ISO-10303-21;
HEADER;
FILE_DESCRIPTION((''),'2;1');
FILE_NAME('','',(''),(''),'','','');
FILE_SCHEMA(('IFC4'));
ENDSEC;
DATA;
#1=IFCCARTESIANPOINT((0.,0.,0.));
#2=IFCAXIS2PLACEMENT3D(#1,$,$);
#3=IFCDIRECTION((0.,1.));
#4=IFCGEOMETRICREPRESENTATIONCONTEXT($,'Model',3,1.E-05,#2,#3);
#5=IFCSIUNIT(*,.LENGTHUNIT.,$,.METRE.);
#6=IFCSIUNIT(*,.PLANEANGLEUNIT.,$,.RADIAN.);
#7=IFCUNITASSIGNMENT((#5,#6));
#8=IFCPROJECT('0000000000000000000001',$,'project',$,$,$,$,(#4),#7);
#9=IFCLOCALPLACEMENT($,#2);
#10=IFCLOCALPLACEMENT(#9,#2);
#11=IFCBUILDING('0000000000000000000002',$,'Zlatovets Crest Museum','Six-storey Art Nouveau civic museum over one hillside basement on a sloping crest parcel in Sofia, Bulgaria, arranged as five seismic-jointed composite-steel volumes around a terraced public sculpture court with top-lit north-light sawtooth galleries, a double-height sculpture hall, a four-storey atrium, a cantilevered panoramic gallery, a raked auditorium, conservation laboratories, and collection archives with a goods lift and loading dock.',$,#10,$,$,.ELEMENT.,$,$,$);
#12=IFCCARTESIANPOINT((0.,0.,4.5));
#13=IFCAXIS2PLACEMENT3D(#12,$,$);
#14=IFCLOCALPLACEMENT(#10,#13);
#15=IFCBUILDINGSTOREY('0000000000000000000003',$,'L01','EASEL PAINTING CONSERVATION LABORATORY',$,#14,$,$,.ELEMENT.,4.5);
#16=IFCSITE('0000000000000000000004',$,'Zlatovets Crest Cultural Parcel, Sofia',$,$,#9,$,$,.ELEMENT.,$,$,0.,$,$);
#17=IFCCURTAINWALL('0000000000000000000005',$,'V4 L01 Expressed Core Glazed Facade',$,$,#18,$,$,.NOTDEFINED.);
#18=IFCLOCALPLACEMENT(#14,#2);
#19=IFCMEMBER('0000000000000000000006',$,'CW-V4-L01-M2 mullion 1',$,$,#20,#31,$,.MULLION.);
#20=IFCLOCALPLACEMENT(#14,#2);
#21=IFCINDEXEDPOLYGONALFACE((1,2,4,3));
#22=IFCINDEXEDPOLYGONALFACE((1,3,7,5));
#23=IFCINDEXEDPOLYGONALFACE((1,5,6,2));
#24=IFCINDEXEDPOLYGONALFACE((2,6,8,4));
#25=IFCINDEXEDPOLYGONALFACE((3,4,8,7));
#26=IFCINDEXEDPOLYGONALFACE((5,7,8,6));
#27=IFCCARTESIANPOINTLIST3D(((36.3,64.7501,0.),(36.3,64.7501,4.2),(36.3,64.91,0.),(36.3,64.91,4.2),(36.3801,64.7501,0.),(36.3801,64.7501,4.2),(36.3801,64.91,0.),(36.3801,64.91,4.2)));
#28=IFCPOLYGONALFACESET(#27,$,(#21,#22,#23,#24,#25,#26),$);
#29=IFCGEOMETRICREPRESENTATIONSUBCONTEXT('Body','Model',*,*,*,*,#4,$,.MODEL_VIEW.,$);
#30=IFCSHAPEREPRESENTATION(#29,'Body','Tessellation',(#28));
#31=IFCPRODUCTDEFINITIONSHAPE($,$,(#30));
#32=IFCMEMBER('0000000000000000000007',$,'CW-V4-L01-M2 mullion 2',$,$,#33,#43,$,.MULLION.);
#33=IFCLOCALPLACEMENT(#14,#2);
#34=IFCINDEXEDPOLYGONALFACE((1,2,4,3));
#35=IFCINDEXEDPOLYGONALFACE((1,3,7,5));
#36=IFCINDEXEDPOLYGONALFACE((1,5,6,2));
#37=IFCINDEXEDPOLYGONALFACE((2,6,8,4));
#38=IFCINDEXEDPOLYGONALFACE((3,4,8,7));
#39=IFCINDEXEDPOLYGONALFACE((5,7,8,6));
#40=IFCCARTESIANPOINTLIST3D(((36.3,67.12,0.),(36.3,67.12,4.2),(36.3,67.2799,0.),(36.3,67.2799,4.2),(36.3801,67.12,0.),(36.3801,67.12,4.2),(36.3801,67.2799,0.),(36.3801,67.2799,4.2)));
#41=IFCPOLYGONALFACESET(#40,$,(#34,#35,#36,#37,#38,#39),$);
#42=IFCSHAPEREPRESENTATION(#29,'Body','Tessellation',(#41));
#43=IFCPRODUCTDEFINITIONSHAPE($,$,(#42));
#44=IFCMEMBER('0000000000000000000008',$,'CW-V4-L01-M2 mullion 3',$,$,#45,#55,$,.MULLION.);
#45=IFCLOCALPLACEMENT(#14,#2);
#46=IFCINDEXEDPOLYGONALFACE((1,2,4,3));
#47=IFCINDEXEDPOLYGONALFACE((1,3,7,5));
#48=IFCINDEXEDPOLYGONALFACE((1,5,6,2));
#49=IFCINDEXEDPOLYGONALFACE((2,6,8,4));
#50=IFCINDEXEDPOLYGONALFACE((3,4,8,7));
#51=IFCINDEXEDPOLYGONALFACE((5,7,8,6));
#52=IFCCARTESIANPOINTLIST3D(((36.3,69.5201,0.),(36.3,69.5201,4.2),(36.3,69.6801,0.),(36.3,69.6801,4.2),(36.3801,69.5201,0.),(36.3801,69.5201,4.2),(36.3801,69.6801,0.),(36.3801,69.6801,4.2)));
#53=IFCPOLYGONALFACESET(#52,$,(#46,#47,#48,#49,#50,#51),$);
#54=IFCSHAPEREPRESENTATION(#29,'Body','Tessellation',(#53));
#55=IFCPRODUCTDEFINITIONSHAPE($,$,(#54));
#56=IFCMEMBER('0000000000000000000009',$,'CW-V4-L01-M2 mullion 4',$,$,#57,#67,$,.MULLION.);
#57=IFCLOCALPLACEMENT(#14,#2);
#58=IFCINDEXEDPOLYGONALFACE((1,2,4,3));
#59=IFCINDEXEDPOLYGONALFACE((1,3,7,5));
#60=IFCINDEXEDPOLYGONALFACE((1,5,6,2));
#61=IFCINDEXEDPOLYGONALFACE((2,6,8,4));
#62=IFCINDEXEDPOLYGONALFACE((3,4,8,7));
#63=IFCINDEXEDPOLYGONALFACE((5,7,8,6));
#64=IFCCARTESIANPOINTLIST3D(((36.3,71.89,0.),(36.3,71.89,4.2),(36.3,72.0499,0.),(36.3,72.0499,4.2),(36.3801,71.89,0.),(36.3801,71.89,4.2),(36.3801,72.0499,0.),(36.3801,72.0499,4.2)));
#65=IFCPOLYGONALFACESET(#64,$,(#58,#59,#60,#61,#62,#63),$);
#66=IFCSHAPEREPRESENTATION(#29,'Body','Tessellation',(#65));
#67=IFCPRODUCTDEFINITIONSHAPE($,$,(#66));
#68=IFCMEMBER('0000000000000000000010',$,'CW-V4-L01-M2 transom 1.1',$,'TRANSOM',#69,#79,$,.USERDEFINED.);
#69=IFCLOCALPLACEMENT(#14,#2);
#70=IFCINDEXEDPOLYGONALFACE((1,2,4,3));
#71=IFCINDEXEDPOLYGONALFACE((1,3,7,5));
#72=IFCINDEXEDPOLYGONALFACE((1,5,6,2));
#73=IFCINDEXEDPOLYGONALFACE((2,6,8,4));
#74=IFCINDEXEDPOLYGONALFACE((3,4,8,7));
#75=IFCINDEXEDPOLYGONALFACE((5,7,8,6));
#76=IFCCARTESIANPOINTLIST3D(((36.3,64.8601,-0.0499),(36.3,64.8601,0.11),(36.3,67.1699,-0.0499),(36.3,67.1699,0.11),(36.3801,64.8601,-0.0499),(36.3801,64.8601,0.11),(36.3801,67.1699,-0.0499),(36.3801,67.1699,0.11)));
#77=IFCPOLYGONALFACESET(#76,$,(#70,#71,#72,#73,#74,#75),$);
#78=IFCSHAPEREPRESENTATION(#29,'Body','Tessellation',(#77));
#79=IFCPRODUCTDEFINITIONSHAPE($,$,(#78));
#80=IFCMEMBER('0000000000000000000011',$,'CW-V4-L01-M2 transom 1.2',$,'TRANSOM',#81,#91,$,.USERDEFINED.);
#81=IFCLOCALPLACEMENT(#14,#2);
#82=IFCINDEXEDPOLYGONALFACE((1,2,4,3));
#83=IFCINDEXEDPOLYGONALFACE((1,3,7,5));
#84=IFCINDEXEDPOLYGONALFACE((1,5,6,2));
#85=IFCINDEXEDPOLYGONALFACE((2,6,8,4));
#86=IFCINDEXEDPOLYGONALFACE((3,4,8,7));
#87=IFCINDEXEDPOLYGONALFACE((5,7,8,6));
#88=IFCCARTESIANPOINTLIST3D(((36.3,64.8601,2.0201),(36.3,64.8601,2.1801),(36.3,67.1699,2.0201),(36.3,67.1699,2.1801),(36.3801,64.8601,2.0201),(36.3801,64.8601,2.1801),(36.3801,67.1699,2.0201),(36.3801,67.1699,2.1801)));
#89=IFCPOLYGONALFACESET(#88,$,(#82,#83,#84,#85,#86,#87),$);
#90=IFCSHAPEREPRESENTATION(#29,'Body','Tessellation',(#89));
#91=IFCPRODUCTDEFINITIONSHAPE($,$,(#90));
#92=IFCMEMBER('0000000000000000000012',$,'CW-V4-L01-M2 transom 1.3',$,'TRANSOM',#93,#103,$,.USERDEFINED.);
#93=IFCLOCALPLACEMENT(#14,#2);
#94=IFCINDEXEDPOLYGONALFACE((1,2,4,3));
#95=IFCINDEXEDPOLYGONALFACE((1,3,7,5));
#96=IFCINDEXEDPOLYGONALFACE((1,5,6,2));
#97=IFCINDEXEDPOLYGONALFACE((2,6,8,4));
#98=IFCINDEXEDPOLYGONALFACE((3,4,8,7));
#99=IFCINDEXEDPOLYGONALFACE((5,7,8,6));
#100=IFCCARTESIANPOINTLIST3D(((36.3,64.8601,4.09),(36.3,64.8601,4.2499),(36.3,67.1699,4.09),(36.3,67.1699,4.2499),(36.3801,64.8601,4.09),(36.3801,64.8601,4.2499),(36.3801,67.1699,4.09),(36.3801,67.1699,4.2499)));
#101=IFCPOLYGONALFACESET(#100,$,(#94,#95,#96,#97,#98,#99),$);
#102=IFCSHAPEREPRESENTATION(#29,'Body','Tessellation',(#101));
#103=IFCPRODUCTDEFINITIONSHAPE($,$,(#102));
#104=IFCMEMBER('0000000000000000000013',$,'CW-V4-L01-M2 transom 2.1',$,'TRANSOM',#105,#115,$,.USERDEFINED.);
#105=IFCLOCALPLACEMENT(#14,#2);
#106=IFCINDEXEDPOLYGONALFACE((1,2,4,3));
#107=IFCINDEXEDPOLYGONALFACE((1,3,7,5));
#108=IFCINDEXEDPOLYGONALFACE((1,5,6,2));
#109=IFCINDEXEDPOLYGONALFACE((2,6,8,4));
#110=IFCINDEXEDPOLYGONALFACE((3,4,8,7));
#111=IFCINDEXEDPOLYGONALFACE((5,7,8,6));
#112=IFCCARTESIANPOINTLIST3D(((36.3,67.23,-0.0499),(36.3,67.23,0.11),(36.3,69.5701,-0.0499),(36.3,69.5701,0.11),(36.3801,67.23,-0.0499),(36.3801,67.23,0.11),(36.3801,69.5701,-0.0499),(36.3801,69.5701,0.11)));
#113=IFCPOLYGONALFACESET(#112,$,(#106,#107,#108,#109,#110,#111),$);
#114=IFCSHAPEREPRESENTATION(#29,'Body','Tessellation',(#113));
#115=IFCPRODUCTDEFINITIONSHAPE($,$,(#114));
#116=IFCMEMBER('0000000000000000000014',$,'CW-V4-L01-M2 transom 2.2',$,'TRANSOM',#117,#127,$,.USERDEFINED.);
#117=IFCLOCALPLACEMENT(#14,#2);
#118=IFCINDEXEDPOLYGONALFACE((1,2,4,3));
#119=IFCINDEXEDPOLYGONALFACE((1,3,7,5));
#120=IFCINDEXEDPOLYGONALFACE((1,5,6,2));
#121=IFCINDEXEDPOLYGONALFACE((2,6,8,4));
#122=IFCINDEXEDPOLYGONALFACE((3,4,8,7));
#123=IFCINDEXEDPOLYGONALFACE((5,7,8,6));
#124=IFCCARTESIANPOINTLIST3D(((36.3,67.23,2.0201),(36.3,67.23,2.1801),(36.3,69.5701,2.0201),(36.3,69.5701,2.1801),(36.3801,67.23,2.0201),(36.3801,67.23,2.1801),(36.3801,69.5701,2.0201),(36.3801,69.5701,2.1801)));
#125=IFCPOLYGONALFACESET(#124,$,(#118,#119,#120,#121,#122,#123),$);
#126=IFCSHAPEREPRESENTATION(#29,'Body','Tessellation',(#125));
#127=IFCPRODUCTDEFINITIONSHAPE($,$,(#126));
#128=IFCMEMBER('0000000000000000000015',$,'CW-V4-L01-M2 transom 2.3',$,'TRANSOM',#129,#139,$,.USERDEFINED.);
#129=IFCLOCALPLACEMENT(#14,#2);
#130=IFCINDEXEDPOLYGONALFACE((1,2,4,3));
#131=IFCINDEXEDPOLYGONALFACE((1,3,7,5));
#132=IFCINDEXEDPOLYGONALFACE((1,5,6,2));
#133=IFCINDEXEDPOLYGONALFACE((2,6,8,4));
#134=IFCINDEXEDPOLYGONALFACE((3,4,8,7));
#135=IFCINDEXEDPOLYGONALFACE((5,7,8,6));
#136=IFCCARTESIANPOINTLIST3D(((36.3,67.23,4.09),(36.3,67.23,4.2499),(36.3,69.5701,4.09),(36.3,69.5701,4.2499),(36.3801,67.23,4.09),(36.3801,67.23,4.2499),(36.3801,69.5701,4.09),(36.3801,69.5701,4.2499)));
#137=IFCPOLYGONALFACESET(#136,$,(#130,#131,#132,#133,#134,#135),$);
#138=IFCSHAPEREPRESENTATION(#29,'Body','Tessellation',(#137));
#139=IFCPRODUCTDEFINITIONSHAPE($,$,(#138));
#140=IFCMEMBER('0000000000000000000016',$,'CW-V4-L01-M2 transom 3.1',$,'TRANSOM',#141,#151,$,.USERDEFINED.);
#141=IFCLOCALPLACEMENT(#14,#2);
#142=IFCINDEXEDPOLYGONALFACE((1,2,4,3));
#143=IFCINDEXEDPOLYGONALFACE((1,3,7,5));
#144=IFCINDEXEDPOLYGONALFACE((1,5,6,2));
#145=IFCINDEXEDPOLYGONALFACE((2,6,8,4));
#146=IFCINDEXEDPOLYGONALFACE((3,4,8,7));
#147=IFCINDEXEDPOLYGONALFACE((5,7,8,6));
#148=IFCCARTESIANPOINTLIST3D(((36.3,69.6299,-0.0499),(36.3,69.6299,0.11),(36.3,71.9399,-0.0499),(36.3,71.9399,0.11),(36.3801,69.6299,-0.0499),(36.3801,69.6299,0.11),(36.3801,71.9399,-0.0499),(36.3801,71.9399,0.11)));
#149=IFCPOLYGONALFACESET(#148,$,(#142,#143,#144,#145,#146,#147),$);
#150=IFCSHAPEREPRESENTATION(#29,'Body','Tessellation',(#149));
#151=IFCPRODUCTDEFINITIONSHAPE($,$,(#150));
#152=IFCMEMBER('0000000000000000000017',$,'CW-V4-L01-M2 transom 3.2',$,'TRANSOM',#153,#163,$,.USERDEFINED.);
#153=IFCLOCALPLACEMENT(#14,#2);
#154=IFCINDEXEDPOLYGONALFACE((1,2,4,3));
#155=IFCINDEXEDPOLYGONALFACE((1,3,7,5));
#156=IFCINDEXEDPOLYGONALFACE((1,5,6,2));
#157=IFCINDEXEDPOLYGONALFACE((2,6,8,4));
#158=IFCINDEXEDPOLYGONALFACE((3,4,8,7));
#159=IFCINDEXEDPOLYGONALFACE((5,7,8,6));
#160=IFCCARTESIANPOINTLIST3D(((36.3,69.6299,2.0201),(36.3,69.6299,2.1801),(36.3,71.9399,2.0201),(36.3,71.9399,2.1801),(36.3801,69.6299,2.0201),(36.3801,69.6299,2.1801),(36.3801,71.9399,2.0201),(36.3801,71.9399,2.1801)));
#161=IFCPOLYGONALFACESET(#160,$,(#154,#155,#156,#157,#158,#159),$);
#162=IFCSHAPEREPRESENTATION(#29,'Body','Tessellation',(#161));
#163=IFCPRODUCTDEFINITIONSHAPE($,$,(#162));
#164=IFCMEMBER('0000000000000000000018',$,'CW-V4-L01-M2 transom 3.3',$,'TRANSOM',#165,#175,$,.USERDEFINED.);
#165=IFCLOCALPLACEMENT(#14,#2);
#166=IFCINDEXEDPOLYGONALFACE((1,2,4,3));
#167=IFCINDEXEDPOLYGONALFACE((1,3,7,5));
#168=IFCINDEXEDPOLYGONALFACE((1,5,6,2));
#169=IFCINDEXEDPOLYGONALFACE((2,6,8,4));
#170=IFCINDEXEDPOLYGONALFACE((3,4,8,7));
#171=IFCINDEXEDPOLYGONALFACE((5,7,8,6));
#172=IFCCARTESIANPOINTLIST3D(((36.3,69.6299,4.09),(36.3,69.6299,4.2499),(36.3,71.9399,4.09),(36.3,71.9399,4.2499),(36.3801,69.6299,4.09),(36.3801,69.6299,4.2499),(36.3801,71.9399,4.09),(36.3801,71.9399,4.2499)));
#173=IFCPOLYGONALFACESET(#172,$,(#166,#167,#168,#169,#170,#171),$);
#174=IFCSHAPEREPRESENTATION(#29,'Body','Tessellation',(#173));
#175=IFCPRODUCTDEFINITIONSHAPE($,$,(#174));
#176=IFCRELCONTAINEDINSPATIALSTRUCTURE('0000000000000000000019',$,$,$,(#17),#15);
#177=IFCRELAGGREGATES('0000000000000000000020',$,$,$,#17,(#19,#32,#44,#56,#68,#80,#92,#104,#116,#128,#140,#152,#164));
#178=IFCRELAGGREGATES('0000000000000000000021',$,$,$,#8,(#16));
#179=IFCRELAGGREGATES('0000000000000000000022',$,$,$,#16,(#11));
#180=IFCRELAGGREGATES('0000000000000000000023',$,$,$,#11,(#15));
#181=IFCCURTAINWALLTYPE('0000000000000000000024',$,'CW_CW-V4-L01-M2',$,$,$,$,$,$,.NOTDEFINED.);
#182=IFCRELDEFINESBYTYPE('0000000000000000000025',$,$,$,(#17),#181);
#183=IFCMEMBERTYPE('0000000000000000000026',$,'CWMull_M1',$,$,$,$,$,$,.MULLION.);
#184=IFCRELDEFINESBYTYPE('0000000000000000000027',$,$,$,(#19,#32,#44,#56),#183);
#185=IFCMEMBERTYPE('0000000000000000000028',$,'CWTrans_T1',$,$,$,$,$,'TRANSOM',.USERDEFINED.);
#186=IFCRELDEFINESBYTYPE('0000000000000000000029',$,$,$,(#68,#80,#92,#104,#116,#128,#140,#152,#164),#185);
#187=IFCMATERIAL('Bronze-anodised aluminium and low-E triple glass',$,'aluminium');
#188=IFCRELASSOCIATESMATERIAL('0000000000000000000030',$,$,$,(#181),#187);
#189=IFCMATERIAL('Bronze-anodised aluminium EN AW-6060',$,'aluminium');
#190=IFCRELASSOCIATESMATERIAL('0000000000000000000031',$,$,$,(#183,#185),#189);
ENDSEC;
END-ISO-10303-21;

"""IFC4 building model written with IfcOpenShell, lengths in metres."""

from ifc_helpers import new_model, si_unit, direction, frame, origin, origin_2d, place, context, subcontext, project, spatial, rectangle, extrude, material, material_profile, profile_set, type_object, element, aggregate, save


model = new_model("IFC4")

# Units and contexts
model_context = context("Model", 3, precision=1e-05, world=origin(), true_north=direction((0.0, 1.0)))
body_context = subcontext(model_context, "Body", "Model", "MODEL_VIEW")
ifc_project = project(units=[si_unit("LENGTHUNIT", "METRE"), si_unit("PLANEANGLEUNIT", "RADIAN")], contexts=[model_context])

# Site, building, storey
site_placement = place(None, origin())
site = spatial("IfcSite", under=ifc_project, at=site_placement, Name="Zlatovets Crest Cultural Parcel, Sofia", CompositionType="ELEMENT", RefElevation=0.0)
building_placement = place(site_placement, origin())
building = spatial("IfcBuilding", under=site, at=building_placement, Name="Zlatovets Crest Museum", Description="Six-storey Art Nouveau civic museum over one hillside basement on a sloping crest parcel in Sofia, Bulgaria, arranged as five seismic-jointed composite-steel volumes around a terraced public sculpture court with top-lit north-light sawtooth galleries, a double-height sculpture hall, a four-storey atrium, a cantilevered panoramic gallery, a raked auditorium, conservation laboratories, and collection archives with a goods lift and loading dock.", CompositionType="ELEMENT")
storey_placement = place(building_placement, frame((0.0, 0.0, 4.5)))
storey = spatial("IfcBuildingStorey", under=building, at=storey_placement, Name="L01", Description="EASEL PAINTING CONSERVATION LABORATORY", CompositionType="ELEMENT", Elevation=4.5)

# Curtain wall, members
ifc_material_1 = material(Name="Bronze-anodised aluminium and low-E triple glass", Category="aluminium")
curtain_wall_type = type_object("IfcCurtainWallType", Name="CW_CW-V4-L01-M2", PredefinedType="NOTDEFINED", material=ifc_material_1)
curtain_wall_placement = place(storey_placement, origin())
curtain_wall = element("IfcCurtainWall", 1, at=curtain_wall_placement, inside=storey, type_object=curtain_wall_type, Name="V4 L01 Expressed Core Glazed Facade", PredefinedType="NOTDEFINED")
ifc_material_2 = material(Name="Bronze-anodised aluminium EN AW-6060", Category="aluminium")
ifc_material_profile_1 = material_profile(ifc_material_2, rectangle(XDim=0.0801, YDim=0.1599, at=origin_2d()), Name="ALU 80x160")
ifc_profile_set_1 = profile_set([ifc_material_profile_1], Name="Bronze-anodised aluminium EN AW-6060")
member_type_1 = type_object("IfcMemberType", Name="CWMull_M1", PredefinedType="MULLION", material=ifc_profile_set_1)
member_1_placement = place(storey_placement, frame((36.3401, 64.8301, 0.0), z_axis=(0.0, 0.0, 1.0), x_axis=(-1.0, 0.0, 0.0)))
member_1 = element("IfcMember", 2, at=member_1_placement, type_object=member_type_1, Name="CW-V4-L01-M2 mullion 1", PredefinedType="MULLION", context=body_context, shape_type="SweptSolid", body=[
    extrude(rectangle(XDim=0.0801, YDim=0.1599, at=origin_2d()), origin(), (0.0, 0.0, 1.0), 4.2),
])
member_2_placement = place(storey_placement, frame((36.3401, 67.2, 0.0), z_axis=(0.0, 0.0, 1.0), x_axis=(-1.0, 0.0, 0.0)))
member_2 = element("IfcMember", 3, at=member_2_placement, type_object=member_type_1, Name="CW-V4-L01-M2 mullion 2", PredefinedType="MULLION", context=body_context, shape_type="SweptSolid", body=[
    extrude(rectangle(XDim=0.0801, YDim=0.1599, at=origin_2d()), origin(), (0.0, 0.0, 1.0), 4.2),
])
member_3_placement = place(storey_placement, frame((36.3401, 69.6001, 0.0), z_axis=(0.0, 0.0, 1.0), x_axis=(-1.0, 0.0, 0.0)))
member_3 = element("IfcMember", 4, at=member_3_placement, type_object=member_type_1, Name="CW-V4-L01-M2 mullion 3", PredefinedType="MULLION", context=body_context, shape_type="SweptSolid", body=[
    extrude(rectangle(XDim=0.0801, YDim=0.1599, at=origin_2d()), origin(), (0.0, 0.0, 1.0), 4.2),
])
member_4_placement = place(storey_placement, frame((36.3401, 71.97, 0.0), z_axis=(0.0, 0.0, 1.0), x_axis=(-1.0, 0.0, 0.0)))
member_4 = element("IfcMember", 5, at=member_4_placement, type_object=member_type_1, Name="CW-V4-L01-M2 mullion 4", PredefinedType="MULLION", context=body_context, shape_type="SweptSolid", body=[
    extrude(rectangle(XDim=0.0801, YDim=0.1599, at=origin_2d()), origin(), (0.0, 0.0, 1.0), 4.2),
])
ifc_material_profile_2 = material_profile(ifc_material_2, rectangle(XDim=0.0801, YDim=0.1599, at=origin_2d()), Name="ALU 80x160")
ifc_profile_set_2 = profile_set([ifc_material_profile_2], Name="Bronze-anodised aluminium EN AW-6060")
member_type_2 = type_object("IfcMemberType", Name="CWTrans_T1", ElementType="TRANSOM", PredefinedType="USERDEFINED", material=ifc_profile_set_2)
member_5_placement = place(storey_placement, frame((36.3401, 64.8601, 0.03), z_axis=(0.0, 1.0, 0.0), x_axis=(-1.0, 0.0, 0.0)))
member_5 = element("IfcMember", 6, at=member_5_placement, type_object=member_type_2, Name="CW-V4-L01-M2 transom 1.1", ObjectType="TRANSOM", PredefinedType="USERDEFINED", context=body_context, shape_type="SweptSolid", body=[
    extrude(rectangle(XDim=0.0801, YDim=0.1599, at=origin_2d()), origin(), (0.0, 0.0, 1.0), 2.3098),
])
member_6_placement = place(storey_placement, frame((36.3401, 64.8601, 2.1001), z_axis=(0.0, 1.0, 0.0), x_axis=(-1.0, 0.0, 0.0)))
member_6 = element("IfcMember", 7, at=member_6_placement, type_object=member_type_2, Name="CW-V4-L01-M2 transom 1.2", ObjectType="TRANSOM", PredefinedType="USERDEFINED", context=body_context, shape_type="SweptSolid", body=[
    extrude(rectangle(XDim=0.0801, YDim=0.1599, at=origin_2d()), origin(), (0.0, 0.0, 1.0), 2.3098),
])
member_7_placement = place(storey_placement, frame((36.3401, 64.8601, 4.1699), z_axis=(0.0, 1.0, 0.0), x_axis=(-1.0, 0.0, 0.0)))
member_7 = element("IfcMember", 8, at=member_7_placement, type_object=member_type_2, Name="CW-V4-L01-M2 transom 1.3", ObjectType="TRANSOM", PredefinedType="USERDEFINED", context=body_context, shape_type="SweptSolid", body=[
    extrude(rectangle(XDim=0.0801, YDim=0.1599, at=origin_2d()), origin(), (0.0, 0.0, 1.0), 2.3098),
])
member_8_placement = place(storey_placement, frame((36.3401, 67.23, 0.03), z_axis=(0.0, 1.0, 0.0), x_axis=(-1.0, 0.0, 0.0)))
member_8 = element("IfcMember", 9, at=member_8_placement, type_object=member_type_2, Name="CW-V4-L01-M2 transom 2.1", ObjectType="TRANSOM", PredefinedType="USERDEFINED", context=body_context, shape_type="SweptSolid", body=[
    extrude(rectangle(XDim=0.0801, YDim=0.1599, at=origin_2d()), origin(), (0.0, 0.0, 1.0), 2.3401),
])
member_9_placement = place(storey_placement, frame((36.3401, 67.23, 2.1001), z_axis=(0.0, 1.0, 0.0), x_axis=(-1.0, 0.0, 0.0)))
member_9 = element("IfcMember", 10, at=member_9_placement, type_object=member_type_2, Name="CW-V4-L01-M2 transom 2.2", ObjectType="TRANSOM", PredefinedType="USERDEFINED", context=body_context, shape_type="SweptSolid", body=[
    extrude(rectangle(XDim=0.0801, YDim=0.1599, at=origin_2d()), origin(), (0.0, 0.0, 1.0), 2.3401),
])
member_10_placement = place(storey_placement, frame((36.3401, 67.23, 4.1699), z_axis=(0.0, 1.0, 0.0), x_axis=(-1.0, 0.0, 0.0)))
member_10 = element("IfcMember", 11, at=member_10_placement, type_object=member_type_2, Name="CW-V4-L01-M2 transom 2.3", ObjectType="TRANSOM", PredefinedType="USERDEFINED", context=body_context, shape_type="SweptSolid", body=[
    extrude(rectangle(XDim=0.0801, YDim=0.1599, at=origin_2d()), origin(), (0.0, 0.0, 1.0), 2.3401),
])
member_11_placement = place(storey_placement, frame((36.3401, 69.6299, 0.03), z_axis=(0.0, 1.0, 0.0), x_axis=(-1.0, 0.0, 0.0)))
member_11 = element("IfcMember", 12, at=member_11_placement, type_object=member_type_2, Name="CW-V4-L01-M2 transom 3.1", ObjectType="TRANSOM", PredefinedType="USERDEFINED", context=body_context, shape_type="SweptSolid", body=[
    extrude(rectangle(XDim=0.0801, YDim=0.1599, at=origin_2d()), origin(), (0.0, 0.0, 1.0), 2.3101),
])
member_12_placement = place(storey_placement, frame((36.3401, 69.6299, 2.1001), z_axis=(0.0, 1.0, 0.0), x_axis=(-1.0, 0.0, 0.0)))
member_12 = element("IfcMember", 13, at=member_12_placement, type_object=member_type_2, Name="CW-V4-L01-M2 transom 3.2", ObjectType="TRANSOM", PredefinedType="USERDEFINED", context=body_context, shape_type="SweptSolid", body=[
    extrude(rectangle(XDim=0.0801, YDim=0.1599, at=origin_2d()), origin(), (0.0, 0.0, 1.0), 2.3101),
])
member_13_placement = place(storey_placement, frame((36.3401, 69.6299, 4.1699), z_axis=(0.0, 1.0, 0.0), x_axis=(-1.0, 0.0, 0.0)))
member_13 = element("IfcMember", 14, at=member_13_placement, type_object=member_type_2, Name="CW-V4-L01-M2 transom 3.3", ObjectType="TRANSOM", PredefinedType="USERDEFINED", context=body_context, shape_type="SweptSolid", body=[
    extrude(rectangle(XDim=0.0801, YDim=0.1599, at=origin_2d()), origin(), (0.0, 0.0, 1.0), 2.3101),
])

aggregate(curtain_wall, [member_1, member_2, member_3, member_4, member_5, member_6, member_7, member_8, member_9, member_10, member_11, member_12, member_13])

save(model, "model.ifc")
